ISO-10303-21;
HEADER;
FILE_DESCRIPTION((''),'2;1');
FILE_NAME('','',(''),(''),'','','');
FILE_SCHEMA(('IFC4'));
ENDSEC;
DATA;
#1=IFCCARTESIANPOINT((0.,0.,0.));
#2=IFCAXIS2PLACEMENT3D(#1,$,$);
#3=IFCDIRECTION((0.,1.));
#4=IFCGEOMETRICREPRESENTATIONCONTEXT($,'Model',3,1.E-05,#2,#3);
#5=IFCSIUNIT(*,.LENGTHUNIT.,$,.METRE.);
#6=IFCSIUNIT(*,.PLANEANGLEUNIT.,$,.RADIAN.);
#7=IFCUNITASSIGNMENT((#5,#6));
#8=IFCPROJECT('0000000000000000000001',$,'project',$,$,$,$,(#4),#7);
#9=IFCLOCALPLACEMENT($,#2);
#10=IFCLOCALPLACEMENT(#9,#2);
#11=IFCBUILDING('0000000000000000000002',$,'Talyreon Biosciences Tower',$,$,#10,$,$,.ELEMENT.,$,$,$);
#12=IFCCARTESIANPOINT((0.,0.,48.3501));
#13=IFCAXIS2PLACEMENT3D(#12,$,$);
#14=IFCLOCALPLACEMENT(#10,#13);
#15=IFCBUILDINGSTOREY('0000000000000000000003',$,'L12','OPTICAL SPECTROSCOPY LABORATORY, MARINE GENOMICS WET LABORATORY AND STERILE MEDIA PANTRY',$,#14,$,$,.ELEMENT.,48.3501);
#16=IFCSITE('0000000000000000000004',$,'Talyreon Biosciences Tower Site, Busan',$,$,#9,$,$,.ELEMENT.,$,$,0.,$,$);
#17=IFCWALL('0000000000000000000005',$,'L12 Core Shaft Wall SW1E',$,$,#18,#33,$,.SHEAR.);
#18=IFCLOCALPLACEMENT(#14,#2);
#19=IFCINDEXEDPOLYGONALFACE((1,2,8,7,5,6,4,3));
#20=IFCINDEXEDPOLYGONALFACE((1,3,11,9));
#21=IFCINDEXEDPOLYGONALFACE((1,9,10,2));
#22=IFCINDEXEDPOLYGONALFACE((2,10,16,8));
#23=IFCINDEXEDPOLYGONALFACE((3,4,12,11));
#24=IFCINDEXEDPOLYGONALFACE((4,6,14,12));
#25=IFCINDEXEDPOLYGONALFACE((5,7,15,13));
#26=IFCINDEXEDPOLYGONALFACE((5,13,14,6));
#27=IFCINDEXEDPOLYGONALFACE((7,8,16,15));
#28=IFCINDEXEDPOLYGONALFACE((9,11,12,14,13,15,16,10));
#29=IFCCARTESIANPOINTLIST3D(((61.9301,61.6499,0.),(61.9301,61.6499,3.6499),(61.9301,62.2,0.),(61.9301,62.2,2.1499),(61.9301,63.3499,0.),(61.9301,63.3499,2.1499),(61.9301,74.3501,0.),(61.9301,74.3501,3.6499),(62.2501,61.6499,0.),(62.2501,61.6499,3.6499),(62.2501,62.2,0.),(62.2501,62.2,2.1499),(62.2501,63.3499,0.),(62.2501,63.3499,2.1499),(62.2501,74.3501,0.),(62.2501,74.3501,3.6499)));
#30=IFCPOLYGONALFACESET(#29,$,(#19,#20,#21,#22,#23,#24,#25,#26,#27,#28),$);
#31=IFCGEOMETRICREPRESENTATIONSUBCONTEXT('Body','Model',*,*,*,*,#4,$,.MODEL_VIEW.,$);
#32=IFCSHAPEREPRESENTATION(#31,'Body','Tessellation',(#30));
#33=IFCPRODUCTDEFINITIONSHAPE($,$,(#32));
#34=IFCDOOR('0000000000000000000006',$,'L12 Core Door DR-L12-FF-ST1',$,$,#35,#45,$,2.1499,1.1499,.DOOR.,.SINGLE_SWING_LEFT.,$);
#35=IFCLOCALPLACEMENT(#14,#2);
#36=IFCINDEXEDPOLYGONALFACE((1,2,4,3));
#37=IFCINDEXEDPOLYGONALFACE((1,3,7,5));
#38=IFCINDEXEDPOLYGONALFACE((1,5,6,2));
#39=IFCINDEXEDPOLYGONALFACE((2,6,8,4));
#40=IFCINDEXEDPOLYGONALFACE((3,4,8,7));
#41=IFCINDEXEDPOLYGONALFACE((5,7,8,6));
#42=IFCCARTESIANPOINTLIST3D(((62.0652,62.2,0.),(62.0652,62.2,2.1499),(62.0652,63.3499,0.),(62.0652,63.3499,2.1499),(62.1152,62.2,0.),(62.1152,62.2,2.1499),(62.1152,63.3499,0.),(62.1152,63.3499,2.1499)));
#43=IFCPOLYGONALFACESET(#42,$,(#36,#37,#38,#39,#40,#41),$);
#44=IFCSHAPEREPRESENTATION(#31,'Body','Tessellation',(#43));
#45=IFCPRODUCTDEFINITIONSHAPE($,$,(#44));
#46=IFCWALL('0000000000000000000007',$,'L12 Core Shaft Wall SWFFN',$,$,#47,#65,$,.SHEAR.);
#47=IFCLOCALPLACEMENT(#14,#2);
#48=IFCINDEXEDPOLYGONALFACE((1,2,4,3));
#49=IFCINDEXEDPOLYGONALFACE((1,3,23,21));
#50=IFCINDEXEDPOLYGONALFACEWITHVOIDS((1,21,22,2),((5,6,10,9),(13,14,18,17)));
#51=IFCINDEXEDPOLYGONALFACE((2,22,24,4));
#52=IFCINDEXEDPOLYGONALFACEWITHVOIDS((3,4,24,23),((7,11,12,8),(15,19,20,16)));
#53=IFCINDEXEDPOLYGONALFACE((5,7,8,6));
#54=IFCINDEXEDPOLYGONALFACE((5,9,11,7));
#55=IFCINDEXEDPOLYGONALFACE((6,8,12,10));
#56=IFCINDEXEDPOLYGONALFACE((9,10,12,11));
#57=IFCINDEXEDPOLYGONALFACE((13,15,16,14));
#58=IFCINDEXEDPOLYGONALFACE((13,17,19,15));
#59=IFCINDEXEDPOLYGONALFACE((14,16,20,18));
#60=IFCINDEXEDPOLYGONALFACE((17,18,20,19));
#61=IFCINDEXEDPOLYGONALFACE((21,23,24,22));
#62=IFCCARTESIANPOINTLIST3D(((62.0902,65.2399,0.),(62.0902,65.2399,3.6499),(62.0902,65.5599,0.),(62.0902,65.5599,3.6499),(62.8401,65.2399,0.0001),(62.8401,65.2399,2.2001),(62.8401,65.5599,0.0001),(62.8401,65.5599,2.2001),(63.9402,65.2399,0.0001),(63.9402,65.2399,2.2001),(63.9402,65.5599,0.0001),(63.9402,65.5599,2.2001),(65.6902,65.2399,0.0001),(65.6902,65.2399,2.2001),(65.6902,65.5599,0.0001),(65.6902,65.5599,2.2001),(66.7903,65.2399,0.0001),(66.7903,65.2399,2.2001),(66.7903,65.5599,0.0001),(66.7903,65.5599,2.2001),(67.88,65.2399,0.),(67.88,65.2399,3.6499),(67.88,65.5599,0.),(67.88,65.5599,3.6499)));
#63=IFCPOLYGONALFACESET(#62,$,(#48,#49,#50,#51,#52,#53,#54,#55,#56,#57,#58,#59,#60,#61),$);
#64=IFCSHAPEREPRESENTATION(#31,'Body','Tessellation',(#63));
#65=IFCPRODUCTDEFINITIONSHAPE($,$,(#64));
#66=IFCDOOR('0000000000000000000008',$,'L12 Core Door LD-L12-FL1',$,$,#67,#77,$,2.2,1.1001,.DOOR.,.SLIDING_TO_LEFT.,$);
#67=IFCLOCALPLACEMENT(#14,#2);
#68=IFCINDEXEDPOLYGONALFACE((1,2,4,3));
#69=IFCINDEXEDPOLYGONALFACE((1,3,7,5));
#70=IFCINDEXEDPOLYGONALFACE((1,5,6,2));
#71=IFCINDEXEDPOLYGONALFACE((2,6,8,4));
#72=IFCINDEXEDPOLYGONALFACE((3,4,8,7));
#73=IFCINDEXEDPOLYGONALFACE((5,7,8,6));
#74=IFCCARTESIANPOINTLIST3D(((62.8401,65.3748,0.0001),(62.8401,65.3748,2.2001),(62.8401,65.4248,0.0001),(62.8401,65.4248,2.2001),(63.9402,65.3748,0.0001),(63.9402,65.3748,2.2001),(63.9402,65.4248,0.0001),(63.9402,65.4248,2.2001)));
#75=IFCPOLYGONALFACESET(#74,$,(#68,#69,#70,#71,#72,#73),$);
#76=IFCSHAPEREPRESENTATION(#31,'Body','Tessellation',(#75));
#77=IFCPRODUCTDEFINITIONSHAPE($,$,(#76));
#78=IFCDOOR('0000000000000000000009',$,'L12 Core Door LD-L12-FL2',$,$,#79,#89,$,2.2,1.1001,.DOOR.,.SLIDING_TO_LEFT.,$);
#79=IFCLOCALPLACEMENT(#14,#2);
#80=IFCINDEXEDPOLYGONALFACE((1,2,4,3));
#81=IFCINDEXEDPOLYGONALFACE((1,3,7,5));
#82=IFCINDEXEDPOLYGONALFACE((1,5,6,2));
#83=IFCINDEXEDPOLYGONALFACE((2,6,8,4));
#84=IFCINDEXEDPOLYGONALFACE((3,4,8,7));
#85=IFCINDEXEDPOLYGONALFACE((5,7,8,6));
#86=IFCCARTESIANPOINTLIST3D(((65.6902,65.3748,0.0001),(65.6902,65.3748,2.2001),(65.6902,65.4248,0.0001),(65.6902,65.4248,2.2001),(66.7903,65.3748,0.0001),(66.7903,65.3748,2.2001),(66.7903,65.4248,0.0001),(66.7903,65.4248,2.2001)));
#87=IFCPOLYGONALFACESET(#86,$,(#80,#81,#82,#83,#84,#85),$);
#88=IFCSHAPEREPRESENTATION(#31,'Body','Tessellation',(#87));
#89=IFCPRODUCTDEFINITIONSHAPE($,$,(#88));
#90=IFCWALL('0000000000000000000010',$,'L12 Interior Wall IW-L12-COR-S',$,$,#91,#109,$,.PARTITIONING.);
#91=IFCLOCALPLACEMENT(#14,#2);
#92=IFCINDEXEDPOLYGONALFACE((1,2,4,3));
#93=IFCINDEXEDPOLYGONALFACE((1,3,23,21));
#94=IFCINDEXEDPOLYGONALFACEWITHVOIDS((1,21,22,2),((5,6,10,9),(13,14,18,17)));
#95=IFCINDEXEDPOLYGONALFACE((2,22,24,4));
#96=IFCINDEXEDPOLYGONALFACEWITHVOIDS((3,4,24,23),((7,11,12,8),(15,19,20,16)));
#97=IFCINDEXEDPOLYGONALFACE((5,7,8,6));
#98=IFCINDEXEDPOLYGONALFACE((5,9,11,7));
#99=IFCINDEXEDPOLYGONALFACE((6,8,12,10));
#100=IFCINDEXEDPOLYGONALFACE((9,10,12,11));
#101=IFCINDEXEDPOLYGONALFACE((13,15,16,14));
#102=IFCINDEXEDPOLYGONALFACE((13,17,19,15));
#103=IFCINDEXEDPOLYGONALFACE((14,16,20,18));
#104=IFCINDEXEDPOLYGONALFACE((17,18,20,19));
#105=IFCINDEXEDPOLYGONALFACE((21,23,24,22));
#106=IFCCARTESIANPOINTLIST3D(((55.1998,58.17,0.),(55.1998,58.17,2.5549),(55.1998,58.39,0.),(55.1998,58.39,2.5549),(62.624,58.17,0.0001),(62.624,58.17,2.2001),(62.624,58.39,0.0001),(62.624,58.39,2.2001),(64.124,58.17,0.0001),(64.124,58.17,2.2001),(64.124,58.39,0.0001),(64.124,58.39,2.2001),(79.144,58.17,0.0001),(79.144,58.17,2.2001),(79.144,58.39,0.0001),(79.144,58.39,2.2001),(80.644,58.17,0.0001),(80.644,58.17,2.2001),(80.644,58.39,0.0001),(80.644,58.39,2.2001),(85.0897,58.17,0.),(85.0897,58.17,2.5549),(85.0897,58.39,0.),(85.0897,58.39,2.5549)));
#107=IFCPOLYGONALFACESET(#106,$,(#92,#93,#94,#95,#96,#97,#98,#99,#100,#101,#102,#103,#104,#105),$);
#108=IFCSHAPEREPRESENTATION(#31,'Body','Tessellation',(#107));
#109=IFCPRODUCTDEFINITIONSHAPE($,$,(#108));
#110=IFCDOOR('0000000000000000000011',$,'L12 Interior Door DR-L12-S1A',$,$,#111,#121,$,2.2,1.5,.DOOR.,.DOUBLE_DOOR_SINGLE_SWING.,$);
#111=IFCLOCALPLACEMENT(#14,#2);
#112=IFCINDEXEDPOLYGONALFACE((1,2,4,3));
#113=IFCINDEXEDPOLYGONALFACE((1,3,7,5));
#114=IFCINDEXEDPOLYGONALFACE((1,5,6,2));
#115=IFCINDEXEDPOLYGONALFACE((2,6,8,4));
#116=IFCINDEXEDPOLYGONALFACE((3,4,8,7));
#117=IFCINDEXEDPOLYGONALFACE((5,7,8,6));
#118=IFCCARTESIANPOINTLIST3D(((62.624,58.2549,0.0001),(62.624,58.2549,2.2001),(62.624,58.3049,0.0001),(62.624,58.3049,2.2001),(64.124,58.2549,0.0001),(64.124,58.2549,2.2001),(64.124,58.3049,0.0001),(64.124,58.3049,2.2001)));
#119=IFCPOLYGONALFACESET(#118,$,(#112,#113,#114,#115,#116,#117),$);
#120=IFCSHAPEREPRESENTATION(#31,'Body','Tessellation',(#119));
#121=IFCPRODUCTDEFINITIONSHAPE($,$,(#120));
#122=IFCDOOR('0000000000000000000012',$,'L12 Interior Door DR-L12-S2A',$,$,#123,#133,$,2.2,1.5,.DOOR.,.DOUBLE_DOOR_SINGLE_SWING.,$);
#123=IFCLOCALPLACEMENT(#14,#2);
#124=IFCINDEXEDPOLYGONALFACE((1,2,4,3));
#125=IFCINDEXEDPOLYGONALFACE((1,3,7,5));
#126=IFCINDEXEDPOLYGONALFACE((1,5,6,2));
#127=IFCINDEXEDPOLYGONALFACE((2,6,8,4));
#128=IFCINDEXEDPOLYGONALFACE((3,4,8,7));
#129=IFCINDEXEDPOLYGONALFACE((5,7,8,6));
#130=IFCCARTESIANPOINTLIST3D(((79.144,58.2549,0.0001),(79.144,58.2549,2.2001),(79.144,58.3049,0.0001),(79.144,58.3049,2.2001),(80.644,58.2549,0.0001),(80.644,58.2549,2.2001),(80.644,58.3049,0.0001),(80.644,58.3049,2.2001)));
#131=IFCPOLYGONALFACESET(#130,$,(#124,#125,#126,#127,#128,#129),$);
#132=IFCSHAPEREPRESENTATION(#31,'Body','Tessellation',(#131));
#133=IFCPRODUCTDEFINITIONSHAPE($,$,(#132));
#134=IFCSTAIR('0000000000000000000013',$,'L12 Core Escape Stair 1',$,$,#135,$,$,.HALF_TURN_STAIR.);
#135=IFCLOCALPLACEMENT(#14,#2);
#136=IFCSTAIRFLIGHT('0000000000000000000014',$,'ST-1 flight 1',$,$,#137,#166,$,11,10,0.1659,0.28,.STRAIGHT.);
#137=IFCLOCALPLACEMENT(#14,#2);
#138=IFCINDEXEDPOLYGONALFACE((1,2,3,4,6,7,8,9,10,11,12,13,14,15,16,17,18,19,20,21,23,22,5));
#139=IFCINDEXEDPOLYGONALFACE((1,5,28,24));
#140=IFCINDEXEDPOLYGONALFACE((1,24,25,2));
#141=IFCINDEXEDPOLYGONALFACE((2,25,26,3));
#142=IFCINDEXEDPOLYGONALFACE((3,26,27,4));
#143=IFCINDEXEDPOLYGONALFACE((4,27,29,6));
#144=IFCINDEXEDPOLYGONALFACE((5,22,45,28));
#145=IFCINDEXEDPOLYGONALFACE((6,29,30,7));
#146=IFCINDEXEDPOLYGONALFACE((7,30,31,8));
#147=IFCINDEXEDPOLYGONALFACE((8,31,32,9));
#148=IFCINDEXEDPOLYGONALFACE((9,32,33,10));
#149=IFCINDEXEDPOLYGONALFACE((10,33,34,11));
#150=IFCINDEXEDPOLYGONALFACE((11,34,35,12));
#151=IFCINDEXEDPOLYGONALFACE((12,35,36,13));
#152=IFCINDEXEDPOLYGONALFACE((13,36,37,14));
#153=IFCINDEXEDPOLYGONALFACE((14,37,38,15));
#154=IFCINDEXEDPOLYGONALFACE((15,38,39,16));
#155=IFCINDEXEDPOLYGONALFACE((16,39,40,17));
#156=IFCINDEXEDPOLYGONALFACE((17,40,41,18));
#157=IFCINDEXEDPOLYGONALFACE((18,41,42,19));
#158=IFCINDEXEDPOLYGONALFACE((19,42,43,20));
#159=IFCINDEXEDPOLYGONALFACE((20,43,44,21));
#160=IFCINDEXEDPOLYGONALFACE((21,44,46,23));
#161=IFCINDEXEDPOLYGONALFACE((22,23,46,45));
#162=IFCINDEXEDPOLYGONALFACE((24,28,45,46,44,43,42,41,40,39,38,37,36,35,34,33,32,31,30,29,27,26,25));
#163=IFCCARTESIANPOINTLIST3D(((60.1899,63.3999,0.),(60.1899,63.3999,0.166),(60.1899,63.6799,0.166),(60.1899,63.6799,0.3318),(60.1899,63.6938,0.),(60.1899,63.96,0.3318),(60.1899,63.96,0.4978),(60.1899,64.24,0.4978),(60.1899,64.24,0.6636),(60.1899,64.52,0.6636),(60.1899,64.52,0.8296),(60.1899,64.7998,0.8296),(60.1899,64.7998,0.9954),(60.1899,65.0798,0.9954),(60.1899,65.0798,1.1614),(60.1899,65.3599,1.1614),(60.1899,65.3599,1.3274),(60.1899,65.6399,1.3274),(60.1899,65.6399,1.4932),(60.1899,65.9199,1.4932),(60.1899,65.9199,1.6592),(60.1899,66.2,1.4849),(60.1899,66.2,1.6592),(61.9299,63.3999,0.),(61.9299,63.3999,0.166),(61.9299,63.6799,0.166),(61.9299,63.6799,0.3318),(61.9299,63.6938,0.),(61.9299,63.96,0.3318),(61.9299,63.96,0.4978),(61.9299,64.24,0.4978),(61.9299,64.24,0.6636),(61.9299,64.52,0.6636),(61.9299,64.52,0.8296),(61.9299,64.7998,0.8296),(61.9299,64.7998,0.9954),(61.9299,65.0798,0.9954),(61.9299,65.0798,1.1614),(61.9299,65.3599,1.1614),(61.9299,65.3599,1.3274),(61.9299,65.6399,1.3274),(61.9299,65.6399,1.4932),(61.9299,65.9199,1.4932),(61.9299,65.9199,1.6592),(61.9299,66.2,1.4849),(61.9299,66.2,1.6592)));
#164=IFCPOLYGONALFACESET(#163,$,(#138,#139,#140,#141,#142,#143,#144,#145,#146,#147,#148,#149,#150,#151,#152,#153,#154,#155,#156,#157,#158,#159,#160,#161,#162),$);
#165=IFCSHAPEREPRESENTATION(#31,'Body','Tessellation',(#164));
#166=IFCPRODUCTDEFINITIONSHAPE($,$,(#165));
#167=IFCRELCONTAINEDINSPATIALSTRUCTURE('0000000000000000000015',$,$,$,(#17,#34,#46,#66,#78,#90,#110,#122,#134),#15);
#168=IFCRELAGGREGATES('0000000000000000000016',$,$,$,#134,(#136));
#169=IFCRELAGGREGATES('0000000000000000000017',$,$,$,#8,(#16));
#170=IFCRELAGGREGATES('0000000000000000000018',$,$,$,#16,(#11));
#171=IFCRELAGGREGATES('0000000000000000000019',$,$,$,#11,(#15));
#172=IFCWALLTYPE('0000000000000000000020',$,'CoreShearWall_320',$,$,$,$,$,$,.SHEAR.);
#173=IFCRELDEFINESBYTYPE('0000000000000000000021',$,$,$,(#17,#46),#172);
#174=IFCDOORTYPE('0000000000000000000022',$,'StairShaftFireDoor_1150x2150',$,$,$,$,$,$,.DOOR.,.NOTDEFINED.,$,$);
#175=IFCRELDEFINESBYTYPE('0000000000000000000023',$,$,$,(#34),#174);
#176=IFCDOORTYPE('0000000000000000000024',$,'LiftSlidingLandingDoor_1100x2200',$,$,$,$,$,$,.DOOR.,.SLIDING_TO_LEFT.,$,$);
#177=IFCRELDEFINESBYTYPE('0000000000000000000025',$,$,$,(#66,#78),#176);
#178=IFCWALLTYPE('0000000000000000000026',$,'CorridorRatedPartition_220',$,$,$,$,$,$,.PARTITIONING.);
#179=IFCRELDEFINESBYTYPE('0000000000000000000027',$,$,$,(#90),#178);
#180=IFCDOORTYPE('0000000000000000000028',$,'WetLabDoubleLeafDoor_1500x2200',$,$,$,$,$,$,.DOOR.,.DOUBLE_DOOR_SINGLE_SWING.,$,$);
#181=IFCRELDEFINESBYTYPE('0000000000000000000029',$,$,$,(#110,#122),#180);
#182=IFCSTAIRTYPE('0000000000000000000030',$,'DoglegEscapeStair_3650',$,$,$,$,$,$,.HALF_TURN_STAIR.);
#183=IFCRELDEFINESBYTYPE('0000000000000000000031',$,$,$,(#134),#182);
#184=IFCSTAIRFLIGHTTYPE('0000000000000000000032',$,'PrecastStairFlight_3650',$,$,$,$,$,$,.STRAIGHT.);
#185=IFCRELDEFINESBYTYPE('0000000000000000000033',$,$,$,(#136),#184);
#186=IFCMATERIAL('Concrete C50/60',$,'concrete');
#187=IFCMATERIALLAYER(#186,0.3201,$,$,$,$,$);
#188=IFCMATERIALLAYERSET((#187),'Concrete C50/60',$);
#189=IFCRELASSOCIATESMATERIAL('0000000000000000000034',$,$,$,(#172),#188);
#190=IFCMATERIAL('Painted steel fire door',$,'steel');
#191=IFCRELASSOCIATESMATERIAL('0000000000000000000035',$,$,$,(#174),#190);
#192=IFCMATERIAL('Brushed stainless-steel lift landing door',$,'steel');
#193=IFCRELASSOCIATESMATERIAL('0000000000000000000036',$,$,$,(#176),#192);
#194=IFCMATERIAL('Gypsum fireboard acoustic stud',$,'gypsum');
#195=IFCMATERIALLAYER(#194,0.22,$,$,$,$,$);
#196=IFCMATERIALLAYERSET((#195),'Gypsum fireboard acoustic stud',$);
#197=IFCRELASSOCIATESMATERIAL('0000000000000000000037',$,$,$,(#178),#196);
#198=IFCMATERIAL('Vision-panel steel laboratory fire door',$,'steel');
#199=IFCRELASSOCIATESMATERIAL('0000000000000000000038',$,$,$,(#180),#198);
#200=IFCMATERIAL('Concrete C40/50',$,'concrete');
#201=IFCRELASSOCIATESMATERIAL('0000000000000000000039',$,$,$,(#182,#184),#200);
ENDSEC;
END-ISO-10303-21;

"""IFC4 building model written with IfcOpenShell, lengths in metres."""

from ifc_helpers import new_model, si_unit, direction, frame, frame_2d, origin, place, context, subcontext, project, spatial, polyline, rectangle, outline, extrude, material, layer, layer_set, type_object, element, fill, aggregate, save


model = new_model("IFC4")

# Units and contexts
model_context = context("Model", 3, precision=1e-05, world=origin(), true_north=direction((0.0, 1.0)))
body_context = subcontext(model_context, "Body", "Model", "MODEL_VIEW")
ifc_project = project(units=[si_unit("LENGTHUNIT", "METRE"), si_unit("PLANEANGLEUNIT", "RADIAN")], contexts=[model_context])

# Site, building, storey
site_placement = place(None, origin())
site = spatial("IfcSite", under=ifc_project, at=site_placement, Name="Talyreon Biosciences Tower Site, Busan", CompositionType="ELEMENT", RefElevation=0.0)
building_placement = place(site_placement, origin())
building = spatial("IfcBuilding", under=site, at=building_placement, Name="Talyreon Biosciences Tower", CompositionType="ELEMENT")
storey_placement = place(building_placement, frame((0.0, 0.0, 48.3501)))
storey = spatial("IfcBuildingStorey", under=building, at=storey_placement, Name="L12", Description="OPTICAL SPECTROSCOPY LABORATORY, MARINE GENOMICS WET LABORATORY AND STERILE MEDIA PANTRY", CompositionType="ELEMENT", Elevation=48.3501)

# Shared definitions
ifc_material_1 = material(Name="Concrete C50/60", Category="concrete")

# Wall, opening, door
ifc_layer_1 = layer(ifc_material_1, 0.3201)
ifc_layer_set_1 = layer_set([ifc_layer_1], Name="Concrete C50/60")
wall_type_1 = type_object("IfcWallType", Name="CoreShearWall_320", PredefinedType="SHEAR", material=ifc_layer_set_1)
wall_1_placement = place(storey_placement, frame((62.0901, 61.6499, 0.0), z_axis=(0.0, 0.0, 1.0), x_axis=(0.0, 1.0, 0.0)))
wall_1 = element("IfcWall", 1, at=wall_1_placement, inside=storey, type_object=wall_type_1, Name="L12 Core Shaft Wall SW1E", PredefinedType="SHEAR", context=body_context, shape_type="SweptSolid", body=[
    extrude(rectangle(XDim=12.7002, YDim=0.3201, at=frame_2d((6.3501, 0.0))), origin(), (0.0, 0.0, 1.0), 3.6499),
])
opening_1_placement = place(wall_1_placement, frame((0.55, 0.0, 0.0)))
opening_1 = element("IfcOpeningElement", 2, at=opening_1_placement, cuts=wall_1, PredefinedType="OPENING", context=body_context, shape_type="SweptSolid", body=[
    extrude(rectangle(XDim=1.1499, YDim=2.1499, at=frame_2d((0.575, 1.075))), frame((0.0, 0.1699, 0.0), z_axis=(0.0, -1.0, 0.0), x_axis=(1.0, 0.0, 0.0)), (0.0, 0.0, 1.0), 0.3401),
])
ifc_material_2 = material(Name="Painted steel fire door", Category="steel")
door_type_1 = type_object("IfcDoorType", Name="StairShaftFireDoor_1150x2150", OperationType="NOTDEFINED", PredefinedType="DOOR", material=ifc_material_2)
door_1_placement = place(opening_1_placement, origin())
door_1 = element("IfcDoor", 3, at=door_1_placement, inside=storey, type_object=door_type_1, Name="L12 Core Door DR-L12-FF-ST1", OperationType="SINGLE_SWING_LEFT", OverallHeight=2.1499, OverallWidth=1.1499, PredefinedType="DOOR", context=body_context, shape_type="SweptSolid", body=[
    extrude(rectangle(XDim=1.1499, YDim=2.1499, at=frame_2d((0.575, 1.075))), frame((0.0, 0.0249, 0.0), z_axis=(0.0, -1.0, 0.0), x_axis=(1.0, 0.0, 0.0)), (0.0, 0.0, 1.0), 0.05),
])
fill(opening_1, door_1)

# Walls, openings, doors
wall_2_placement = place(storey_placement, frame((62.0901, 65.3999, 0.0), z_axis=(0.0, 0.0, 1.0), x_axis=(1.0, 0.0, 0.0)))
wall_2 = element("IfcWall", 4, at=wall_2_placement, inside=storey, type_object=wall_type_1, Name="L12 Core Shaft Wall SWFFN", PredefinedType="SHEAR", context=body_context, shape_type="SweptSolid", body=[
    extrude(rectangle(XDim=5.7898, YDim=0.3201, at=frame_2d((2.895, 0.0))), origin(), (0.0, 0.0, 1.0), 3.6499),
])
opening_2_placement = place(wall_2_placement, frame((0.75, 0.0, 0.0)))
opening_2 = element("IfcOpeningElement", 5, at=opening_2_placement, cuts=wall_2, PredefinedType="OPENING", context=body_context, shape_type="SweptSolid", body=[
    extrude(rectangle(XDim=1.1001, YDim=2.2, at=frame_2d((0.55, 1.1001))), frame((0.0, 0.1699, 0.0), z_axis=(0.0, -1.0, 0.0), x_axis=(1.0, 0.0, 0.0)), (0.0, 0.0, 1.0), 0.3401),
])
opening_3_placement = place(wall_2_placement, frame((3.6001, 0.0, 0.0)))
opening_3 = element("IfcOpeningElement", 6, at=opening_3_placement, cuts=wall_2, PredefinedType="OPENING", context=body_context, shape_type="SweptSolid", body=[
    extrude(rectangle(XDim=1.1001, YDim=2.2, at=frame_2d((0.55, 1.1001))), frame((0.0, 0.1699, 0.0), z_axis=(0.0, -1.0, 0.0), x_axis=(1.0, 0.0, 0.0)), (0.0, 0.0, 1.0), 0.3401),
])
ifc_material_3 = material(Name="Brushed stainless-steel lift landing door", Category="steel")
door_type_2 = type_object("IfcDoorType", Name="LiftSlidingLandingDoor_1100x2200", OperationType="SLIDING_TO_LEFT", PredefinedType="DOOR", material=ifc_material_3)
door_2_placement = place(opening_2_placement, origin())
door_2 = element("IfcDoor", 7, at=door_2_placement, inside=storey, type_object=door_type_2, Name="L12 Core Door LD-L12-FL1", OperationType="SLIDING_TO_LEFT", OverallHeight=2.2, OverallWidth=1.1001, PredefinedType="DOOR", context=body_context, shape_type="SweptSolid", body=[
    extrude(rectangle(XDim=1.1001, YDim=2.2, at=frame_2d((0.55, 1.1001))), frame((0.0, 0.0249, 0.0), z_axis=(0.0, -1.0, 0.0), x_axis=(1.0, 0.0, 0.0)), (0.0, 0.0, 1.0), 0.05),
])
fill(opening_2, door_2)
door_3_placement = place(opening_3_placement, origin())
door_3 = element("IfcDoor", 8, at=door_3_placement, inside=storey, type_object=door_type_2, Name="L12 Core Door LD-L12-FL2", OperationType="SLIDING_TO_LEFT", OverallHeight=2.2, OverallWidth=1.1001, PredefinedType="DOOR", context=body_context, shape_type="SweptSolid", body=[
    extrude(rectangle(XDim=1.1001, YDim=2.2, at=frame_2d((0.55, 1.1001))), frame((0.0, 0.0249, 0.0), z_axis=(0.0, -1.0, 0.0), x_axis=(1.0, 0.0, 0.0)), (0.0, 0.0, 1.0), 0.05),
])
fill(opening_3, door_3)
ifc_material_4 = material(Name="Gypsum fireboard acoustic stud", Category="gypsum")
ifc_layer_2 = layer(ifc_material_4, 0.22)
ifc_layer_set_2 = layer_set([ifc_layer_2], Name="Gypsum fireboard acoustic stud")
wall_type_2 = type_object("IfcWallType", Name="CorridorRatedPartition_220", PredefinedType="PARTITIONING", material=ifc_layer_set_2)
wall_3_placement = place(storey_placement, frame((55.2, 58.28, 0.0), z_axis=(0.0, 0.0, 1.0), x_axis=(1.0, 0.0, 0.0)))
wall_3 = element("IfcWall", 9, at=wall_3_placement, inside=storey, type_object=wall_type_2, Name="L12 Interior Wall IW-L12-COR-S", PredefinedType="PARTITIONING", context=body_context, shape_type="SweptSolid", body=[
    extrude(rectangle(XDim=29.8899, YDim=0.22, at=frame_2d((14.9448, 0.0))), origin(), (0.0, 0.0, 1.0), 2.5549),
])
opening_4_placement = place(wall_3_placement, frame((7.4241, 0.0, 0.0)))
opening_4 = element("IfcOpeningElement", 10, at=opening_4_placement, cuts=wall_3, PredefinedType="OPENING", context=body_context, shape_type="SweptSolid", body=[
    extrude(rectangle(XDim=1.5, YDim=2.2, at=frame_2d((0.75, 1.1001))), frame((0.0, 0.1199, 0.0), z_axis=(0.0, -1.0, 0.0), x_axis=(1.0, 0.0, 0.0)), (0.0, 0.0, 1.0), 0.24),
])
opening_5_placement = place(wall_3_placement, frame((23.9441, 0.0, 0.0)))
opening_5 = element("IfcOpeningElement", 11, at=opening_5_placement, cuts=wall_3, PredefinedType="OPENING", context=body_context, shape_type="SweptSolid", body=[
    extrude(rectangle(XDim=1.5, YDim=2.2, at=frame_2d((0.75, 1.1001))), frame((0.0, 0.1199, 0.0), z_axis=(0.0, -1.0, 0.0), x_axis=(1.0, 0.0, 0.0)), (0.0, 0.0, 1.0), 0.24),
])
ifc_material_5 = material(Name="Vision-panel steel laboratory fire door", Category="steel")
door_type_3 = type_object("IfcDoorType", Name="WetLabDoubleLeafDoor_1500x2200", OperationType="DOUBLE_DOOR_SINGLE_SWING", PredefinedType="DOOR", material=ifc_material_5)
door_4_placement = place(opening_4_placement, origin())
door_4 = element("IfcDoor", 12, at=door_4_placement, inside=storey, type_object=door_type_3, Name="L12 Interior Door DR-L12-S1A", OperationType="DOUBLE_DOOR_SINGLE_SWING", OverallHeight=2.2, OverallWidth=1.5, PredefinedType="DOOR", context=body_context, shape_type="SweptSolid", body=[
    extrude(rectangle(XDim=1.5, YDim=2.2, at=frame_2d((0.75, 1.1001))), frame((0.0, 0.0249, 0.0), z_axis=(0.0, -1.0, 0.0), x_axis=(1.0, 0.0, 0.0)), (0.0, 0.0, 1.0), 0.05),
])
fill(opening_4, door_4)
door_5_placement = place(opening_5_placement, origin())
door_5 = element("IfcDoor", 13, at=door_5_placement, inside=storey, type_object=door_type_3, Name="L12 Interior Door DR-L12-S2A", OperationType="DOUBLE_DOOR_SINGLE_SWING", OverallHeight=2.2, OverallWidth=1.5, PredefinedType="DOOR", context=body_context, shape_type="SweptSolid", body=[
    extrude(rectangle(XDim=1.5, YDim=2.2, at=frame_2d((0.75, 1.1001))), frame((0.0, 0.0249, 0.0), z_axis=(0.0, -1.0, 0.0), x_axis=(1.0, 0.0, 0.0)), (0.0, 0.0, 1.0), 0.05),
])
fill(opening_5, door_5)

# Stair, stair flight
ifc_material_6 = material(Name="Concrete C40/50", Category="concrete")
stair_type = type_object("IfcStairType", Name="DoglegEscapeStair_3650", PredefinedType="HALF_TURN_STAIR", material=ifc_material_6)
stair_placement = place(storey_placement, origin())
stair = element("IfcStair", 14, at=stair_placement, inside=storey, type_object=stair_type, Name="L12 Core Escape Stair 1", PredefinedType="HALF_TURN_STAIR")
stair_flight_type = type_object("IfcStairFlightType", Name="PrecastStairFlight_3650", PredefinedType="STRAIGHT", material=ifc_material_6)
stair_flight_placement = place(storey_placement, frame((61.0601, 63.3999, 0.0), z_axis=(0.0, 0.0, 1.0), x_axis=(0.0, 1.0, 0.0)))
stair_flight = element("IfcStairFlight", 15, at=stair_flight_placement, type_object=stair_flight_type, Name="ST-1 flight 1", NumberOfRisers=11, NumberOfTreads=10, PredefinedType="STRAIGHT", RiserHeight=0.1659, TreadLength=0.28, context=body_context, shape_type="SweptSolid", body=[
    extrude(outline(polyline([(0.0, 0.0), (0.0, 0.166), (0.28, 0.166), (0.28, 0.3318), (0.5601, 0.3318), (0.5601, 0.4978), (0.8401, 0.4978), (0.8401, 0.6636), (1.1201, 0.6636), (1.1201, 0.8296), (1.3999, 0.8296), (1.3999, 0.9954), (1.6799, 0.9954), (1.6799, 1.1614), (1.96, 1.1614), (1.96, 1.3274), (2.24, 1.3274), (2.24, 1.4932), (2.52, 1.4932), (2.52, 1.6592), (2.8, 1.6592), (2.8, 1.825), (2.8, 1.4849), (0.2939, 0.0), (0.0, 0.0)])), frame((0.0, 0.8701, 0.0), z_axis=(0.0, -1.0, 0.0), x_axis=(1.0, 0.0, 0.0)), (0.0, 0.0, 1.0), 1.74),
])
aggregate(stair, [stair_flight])

save(model, "model.ifc")
